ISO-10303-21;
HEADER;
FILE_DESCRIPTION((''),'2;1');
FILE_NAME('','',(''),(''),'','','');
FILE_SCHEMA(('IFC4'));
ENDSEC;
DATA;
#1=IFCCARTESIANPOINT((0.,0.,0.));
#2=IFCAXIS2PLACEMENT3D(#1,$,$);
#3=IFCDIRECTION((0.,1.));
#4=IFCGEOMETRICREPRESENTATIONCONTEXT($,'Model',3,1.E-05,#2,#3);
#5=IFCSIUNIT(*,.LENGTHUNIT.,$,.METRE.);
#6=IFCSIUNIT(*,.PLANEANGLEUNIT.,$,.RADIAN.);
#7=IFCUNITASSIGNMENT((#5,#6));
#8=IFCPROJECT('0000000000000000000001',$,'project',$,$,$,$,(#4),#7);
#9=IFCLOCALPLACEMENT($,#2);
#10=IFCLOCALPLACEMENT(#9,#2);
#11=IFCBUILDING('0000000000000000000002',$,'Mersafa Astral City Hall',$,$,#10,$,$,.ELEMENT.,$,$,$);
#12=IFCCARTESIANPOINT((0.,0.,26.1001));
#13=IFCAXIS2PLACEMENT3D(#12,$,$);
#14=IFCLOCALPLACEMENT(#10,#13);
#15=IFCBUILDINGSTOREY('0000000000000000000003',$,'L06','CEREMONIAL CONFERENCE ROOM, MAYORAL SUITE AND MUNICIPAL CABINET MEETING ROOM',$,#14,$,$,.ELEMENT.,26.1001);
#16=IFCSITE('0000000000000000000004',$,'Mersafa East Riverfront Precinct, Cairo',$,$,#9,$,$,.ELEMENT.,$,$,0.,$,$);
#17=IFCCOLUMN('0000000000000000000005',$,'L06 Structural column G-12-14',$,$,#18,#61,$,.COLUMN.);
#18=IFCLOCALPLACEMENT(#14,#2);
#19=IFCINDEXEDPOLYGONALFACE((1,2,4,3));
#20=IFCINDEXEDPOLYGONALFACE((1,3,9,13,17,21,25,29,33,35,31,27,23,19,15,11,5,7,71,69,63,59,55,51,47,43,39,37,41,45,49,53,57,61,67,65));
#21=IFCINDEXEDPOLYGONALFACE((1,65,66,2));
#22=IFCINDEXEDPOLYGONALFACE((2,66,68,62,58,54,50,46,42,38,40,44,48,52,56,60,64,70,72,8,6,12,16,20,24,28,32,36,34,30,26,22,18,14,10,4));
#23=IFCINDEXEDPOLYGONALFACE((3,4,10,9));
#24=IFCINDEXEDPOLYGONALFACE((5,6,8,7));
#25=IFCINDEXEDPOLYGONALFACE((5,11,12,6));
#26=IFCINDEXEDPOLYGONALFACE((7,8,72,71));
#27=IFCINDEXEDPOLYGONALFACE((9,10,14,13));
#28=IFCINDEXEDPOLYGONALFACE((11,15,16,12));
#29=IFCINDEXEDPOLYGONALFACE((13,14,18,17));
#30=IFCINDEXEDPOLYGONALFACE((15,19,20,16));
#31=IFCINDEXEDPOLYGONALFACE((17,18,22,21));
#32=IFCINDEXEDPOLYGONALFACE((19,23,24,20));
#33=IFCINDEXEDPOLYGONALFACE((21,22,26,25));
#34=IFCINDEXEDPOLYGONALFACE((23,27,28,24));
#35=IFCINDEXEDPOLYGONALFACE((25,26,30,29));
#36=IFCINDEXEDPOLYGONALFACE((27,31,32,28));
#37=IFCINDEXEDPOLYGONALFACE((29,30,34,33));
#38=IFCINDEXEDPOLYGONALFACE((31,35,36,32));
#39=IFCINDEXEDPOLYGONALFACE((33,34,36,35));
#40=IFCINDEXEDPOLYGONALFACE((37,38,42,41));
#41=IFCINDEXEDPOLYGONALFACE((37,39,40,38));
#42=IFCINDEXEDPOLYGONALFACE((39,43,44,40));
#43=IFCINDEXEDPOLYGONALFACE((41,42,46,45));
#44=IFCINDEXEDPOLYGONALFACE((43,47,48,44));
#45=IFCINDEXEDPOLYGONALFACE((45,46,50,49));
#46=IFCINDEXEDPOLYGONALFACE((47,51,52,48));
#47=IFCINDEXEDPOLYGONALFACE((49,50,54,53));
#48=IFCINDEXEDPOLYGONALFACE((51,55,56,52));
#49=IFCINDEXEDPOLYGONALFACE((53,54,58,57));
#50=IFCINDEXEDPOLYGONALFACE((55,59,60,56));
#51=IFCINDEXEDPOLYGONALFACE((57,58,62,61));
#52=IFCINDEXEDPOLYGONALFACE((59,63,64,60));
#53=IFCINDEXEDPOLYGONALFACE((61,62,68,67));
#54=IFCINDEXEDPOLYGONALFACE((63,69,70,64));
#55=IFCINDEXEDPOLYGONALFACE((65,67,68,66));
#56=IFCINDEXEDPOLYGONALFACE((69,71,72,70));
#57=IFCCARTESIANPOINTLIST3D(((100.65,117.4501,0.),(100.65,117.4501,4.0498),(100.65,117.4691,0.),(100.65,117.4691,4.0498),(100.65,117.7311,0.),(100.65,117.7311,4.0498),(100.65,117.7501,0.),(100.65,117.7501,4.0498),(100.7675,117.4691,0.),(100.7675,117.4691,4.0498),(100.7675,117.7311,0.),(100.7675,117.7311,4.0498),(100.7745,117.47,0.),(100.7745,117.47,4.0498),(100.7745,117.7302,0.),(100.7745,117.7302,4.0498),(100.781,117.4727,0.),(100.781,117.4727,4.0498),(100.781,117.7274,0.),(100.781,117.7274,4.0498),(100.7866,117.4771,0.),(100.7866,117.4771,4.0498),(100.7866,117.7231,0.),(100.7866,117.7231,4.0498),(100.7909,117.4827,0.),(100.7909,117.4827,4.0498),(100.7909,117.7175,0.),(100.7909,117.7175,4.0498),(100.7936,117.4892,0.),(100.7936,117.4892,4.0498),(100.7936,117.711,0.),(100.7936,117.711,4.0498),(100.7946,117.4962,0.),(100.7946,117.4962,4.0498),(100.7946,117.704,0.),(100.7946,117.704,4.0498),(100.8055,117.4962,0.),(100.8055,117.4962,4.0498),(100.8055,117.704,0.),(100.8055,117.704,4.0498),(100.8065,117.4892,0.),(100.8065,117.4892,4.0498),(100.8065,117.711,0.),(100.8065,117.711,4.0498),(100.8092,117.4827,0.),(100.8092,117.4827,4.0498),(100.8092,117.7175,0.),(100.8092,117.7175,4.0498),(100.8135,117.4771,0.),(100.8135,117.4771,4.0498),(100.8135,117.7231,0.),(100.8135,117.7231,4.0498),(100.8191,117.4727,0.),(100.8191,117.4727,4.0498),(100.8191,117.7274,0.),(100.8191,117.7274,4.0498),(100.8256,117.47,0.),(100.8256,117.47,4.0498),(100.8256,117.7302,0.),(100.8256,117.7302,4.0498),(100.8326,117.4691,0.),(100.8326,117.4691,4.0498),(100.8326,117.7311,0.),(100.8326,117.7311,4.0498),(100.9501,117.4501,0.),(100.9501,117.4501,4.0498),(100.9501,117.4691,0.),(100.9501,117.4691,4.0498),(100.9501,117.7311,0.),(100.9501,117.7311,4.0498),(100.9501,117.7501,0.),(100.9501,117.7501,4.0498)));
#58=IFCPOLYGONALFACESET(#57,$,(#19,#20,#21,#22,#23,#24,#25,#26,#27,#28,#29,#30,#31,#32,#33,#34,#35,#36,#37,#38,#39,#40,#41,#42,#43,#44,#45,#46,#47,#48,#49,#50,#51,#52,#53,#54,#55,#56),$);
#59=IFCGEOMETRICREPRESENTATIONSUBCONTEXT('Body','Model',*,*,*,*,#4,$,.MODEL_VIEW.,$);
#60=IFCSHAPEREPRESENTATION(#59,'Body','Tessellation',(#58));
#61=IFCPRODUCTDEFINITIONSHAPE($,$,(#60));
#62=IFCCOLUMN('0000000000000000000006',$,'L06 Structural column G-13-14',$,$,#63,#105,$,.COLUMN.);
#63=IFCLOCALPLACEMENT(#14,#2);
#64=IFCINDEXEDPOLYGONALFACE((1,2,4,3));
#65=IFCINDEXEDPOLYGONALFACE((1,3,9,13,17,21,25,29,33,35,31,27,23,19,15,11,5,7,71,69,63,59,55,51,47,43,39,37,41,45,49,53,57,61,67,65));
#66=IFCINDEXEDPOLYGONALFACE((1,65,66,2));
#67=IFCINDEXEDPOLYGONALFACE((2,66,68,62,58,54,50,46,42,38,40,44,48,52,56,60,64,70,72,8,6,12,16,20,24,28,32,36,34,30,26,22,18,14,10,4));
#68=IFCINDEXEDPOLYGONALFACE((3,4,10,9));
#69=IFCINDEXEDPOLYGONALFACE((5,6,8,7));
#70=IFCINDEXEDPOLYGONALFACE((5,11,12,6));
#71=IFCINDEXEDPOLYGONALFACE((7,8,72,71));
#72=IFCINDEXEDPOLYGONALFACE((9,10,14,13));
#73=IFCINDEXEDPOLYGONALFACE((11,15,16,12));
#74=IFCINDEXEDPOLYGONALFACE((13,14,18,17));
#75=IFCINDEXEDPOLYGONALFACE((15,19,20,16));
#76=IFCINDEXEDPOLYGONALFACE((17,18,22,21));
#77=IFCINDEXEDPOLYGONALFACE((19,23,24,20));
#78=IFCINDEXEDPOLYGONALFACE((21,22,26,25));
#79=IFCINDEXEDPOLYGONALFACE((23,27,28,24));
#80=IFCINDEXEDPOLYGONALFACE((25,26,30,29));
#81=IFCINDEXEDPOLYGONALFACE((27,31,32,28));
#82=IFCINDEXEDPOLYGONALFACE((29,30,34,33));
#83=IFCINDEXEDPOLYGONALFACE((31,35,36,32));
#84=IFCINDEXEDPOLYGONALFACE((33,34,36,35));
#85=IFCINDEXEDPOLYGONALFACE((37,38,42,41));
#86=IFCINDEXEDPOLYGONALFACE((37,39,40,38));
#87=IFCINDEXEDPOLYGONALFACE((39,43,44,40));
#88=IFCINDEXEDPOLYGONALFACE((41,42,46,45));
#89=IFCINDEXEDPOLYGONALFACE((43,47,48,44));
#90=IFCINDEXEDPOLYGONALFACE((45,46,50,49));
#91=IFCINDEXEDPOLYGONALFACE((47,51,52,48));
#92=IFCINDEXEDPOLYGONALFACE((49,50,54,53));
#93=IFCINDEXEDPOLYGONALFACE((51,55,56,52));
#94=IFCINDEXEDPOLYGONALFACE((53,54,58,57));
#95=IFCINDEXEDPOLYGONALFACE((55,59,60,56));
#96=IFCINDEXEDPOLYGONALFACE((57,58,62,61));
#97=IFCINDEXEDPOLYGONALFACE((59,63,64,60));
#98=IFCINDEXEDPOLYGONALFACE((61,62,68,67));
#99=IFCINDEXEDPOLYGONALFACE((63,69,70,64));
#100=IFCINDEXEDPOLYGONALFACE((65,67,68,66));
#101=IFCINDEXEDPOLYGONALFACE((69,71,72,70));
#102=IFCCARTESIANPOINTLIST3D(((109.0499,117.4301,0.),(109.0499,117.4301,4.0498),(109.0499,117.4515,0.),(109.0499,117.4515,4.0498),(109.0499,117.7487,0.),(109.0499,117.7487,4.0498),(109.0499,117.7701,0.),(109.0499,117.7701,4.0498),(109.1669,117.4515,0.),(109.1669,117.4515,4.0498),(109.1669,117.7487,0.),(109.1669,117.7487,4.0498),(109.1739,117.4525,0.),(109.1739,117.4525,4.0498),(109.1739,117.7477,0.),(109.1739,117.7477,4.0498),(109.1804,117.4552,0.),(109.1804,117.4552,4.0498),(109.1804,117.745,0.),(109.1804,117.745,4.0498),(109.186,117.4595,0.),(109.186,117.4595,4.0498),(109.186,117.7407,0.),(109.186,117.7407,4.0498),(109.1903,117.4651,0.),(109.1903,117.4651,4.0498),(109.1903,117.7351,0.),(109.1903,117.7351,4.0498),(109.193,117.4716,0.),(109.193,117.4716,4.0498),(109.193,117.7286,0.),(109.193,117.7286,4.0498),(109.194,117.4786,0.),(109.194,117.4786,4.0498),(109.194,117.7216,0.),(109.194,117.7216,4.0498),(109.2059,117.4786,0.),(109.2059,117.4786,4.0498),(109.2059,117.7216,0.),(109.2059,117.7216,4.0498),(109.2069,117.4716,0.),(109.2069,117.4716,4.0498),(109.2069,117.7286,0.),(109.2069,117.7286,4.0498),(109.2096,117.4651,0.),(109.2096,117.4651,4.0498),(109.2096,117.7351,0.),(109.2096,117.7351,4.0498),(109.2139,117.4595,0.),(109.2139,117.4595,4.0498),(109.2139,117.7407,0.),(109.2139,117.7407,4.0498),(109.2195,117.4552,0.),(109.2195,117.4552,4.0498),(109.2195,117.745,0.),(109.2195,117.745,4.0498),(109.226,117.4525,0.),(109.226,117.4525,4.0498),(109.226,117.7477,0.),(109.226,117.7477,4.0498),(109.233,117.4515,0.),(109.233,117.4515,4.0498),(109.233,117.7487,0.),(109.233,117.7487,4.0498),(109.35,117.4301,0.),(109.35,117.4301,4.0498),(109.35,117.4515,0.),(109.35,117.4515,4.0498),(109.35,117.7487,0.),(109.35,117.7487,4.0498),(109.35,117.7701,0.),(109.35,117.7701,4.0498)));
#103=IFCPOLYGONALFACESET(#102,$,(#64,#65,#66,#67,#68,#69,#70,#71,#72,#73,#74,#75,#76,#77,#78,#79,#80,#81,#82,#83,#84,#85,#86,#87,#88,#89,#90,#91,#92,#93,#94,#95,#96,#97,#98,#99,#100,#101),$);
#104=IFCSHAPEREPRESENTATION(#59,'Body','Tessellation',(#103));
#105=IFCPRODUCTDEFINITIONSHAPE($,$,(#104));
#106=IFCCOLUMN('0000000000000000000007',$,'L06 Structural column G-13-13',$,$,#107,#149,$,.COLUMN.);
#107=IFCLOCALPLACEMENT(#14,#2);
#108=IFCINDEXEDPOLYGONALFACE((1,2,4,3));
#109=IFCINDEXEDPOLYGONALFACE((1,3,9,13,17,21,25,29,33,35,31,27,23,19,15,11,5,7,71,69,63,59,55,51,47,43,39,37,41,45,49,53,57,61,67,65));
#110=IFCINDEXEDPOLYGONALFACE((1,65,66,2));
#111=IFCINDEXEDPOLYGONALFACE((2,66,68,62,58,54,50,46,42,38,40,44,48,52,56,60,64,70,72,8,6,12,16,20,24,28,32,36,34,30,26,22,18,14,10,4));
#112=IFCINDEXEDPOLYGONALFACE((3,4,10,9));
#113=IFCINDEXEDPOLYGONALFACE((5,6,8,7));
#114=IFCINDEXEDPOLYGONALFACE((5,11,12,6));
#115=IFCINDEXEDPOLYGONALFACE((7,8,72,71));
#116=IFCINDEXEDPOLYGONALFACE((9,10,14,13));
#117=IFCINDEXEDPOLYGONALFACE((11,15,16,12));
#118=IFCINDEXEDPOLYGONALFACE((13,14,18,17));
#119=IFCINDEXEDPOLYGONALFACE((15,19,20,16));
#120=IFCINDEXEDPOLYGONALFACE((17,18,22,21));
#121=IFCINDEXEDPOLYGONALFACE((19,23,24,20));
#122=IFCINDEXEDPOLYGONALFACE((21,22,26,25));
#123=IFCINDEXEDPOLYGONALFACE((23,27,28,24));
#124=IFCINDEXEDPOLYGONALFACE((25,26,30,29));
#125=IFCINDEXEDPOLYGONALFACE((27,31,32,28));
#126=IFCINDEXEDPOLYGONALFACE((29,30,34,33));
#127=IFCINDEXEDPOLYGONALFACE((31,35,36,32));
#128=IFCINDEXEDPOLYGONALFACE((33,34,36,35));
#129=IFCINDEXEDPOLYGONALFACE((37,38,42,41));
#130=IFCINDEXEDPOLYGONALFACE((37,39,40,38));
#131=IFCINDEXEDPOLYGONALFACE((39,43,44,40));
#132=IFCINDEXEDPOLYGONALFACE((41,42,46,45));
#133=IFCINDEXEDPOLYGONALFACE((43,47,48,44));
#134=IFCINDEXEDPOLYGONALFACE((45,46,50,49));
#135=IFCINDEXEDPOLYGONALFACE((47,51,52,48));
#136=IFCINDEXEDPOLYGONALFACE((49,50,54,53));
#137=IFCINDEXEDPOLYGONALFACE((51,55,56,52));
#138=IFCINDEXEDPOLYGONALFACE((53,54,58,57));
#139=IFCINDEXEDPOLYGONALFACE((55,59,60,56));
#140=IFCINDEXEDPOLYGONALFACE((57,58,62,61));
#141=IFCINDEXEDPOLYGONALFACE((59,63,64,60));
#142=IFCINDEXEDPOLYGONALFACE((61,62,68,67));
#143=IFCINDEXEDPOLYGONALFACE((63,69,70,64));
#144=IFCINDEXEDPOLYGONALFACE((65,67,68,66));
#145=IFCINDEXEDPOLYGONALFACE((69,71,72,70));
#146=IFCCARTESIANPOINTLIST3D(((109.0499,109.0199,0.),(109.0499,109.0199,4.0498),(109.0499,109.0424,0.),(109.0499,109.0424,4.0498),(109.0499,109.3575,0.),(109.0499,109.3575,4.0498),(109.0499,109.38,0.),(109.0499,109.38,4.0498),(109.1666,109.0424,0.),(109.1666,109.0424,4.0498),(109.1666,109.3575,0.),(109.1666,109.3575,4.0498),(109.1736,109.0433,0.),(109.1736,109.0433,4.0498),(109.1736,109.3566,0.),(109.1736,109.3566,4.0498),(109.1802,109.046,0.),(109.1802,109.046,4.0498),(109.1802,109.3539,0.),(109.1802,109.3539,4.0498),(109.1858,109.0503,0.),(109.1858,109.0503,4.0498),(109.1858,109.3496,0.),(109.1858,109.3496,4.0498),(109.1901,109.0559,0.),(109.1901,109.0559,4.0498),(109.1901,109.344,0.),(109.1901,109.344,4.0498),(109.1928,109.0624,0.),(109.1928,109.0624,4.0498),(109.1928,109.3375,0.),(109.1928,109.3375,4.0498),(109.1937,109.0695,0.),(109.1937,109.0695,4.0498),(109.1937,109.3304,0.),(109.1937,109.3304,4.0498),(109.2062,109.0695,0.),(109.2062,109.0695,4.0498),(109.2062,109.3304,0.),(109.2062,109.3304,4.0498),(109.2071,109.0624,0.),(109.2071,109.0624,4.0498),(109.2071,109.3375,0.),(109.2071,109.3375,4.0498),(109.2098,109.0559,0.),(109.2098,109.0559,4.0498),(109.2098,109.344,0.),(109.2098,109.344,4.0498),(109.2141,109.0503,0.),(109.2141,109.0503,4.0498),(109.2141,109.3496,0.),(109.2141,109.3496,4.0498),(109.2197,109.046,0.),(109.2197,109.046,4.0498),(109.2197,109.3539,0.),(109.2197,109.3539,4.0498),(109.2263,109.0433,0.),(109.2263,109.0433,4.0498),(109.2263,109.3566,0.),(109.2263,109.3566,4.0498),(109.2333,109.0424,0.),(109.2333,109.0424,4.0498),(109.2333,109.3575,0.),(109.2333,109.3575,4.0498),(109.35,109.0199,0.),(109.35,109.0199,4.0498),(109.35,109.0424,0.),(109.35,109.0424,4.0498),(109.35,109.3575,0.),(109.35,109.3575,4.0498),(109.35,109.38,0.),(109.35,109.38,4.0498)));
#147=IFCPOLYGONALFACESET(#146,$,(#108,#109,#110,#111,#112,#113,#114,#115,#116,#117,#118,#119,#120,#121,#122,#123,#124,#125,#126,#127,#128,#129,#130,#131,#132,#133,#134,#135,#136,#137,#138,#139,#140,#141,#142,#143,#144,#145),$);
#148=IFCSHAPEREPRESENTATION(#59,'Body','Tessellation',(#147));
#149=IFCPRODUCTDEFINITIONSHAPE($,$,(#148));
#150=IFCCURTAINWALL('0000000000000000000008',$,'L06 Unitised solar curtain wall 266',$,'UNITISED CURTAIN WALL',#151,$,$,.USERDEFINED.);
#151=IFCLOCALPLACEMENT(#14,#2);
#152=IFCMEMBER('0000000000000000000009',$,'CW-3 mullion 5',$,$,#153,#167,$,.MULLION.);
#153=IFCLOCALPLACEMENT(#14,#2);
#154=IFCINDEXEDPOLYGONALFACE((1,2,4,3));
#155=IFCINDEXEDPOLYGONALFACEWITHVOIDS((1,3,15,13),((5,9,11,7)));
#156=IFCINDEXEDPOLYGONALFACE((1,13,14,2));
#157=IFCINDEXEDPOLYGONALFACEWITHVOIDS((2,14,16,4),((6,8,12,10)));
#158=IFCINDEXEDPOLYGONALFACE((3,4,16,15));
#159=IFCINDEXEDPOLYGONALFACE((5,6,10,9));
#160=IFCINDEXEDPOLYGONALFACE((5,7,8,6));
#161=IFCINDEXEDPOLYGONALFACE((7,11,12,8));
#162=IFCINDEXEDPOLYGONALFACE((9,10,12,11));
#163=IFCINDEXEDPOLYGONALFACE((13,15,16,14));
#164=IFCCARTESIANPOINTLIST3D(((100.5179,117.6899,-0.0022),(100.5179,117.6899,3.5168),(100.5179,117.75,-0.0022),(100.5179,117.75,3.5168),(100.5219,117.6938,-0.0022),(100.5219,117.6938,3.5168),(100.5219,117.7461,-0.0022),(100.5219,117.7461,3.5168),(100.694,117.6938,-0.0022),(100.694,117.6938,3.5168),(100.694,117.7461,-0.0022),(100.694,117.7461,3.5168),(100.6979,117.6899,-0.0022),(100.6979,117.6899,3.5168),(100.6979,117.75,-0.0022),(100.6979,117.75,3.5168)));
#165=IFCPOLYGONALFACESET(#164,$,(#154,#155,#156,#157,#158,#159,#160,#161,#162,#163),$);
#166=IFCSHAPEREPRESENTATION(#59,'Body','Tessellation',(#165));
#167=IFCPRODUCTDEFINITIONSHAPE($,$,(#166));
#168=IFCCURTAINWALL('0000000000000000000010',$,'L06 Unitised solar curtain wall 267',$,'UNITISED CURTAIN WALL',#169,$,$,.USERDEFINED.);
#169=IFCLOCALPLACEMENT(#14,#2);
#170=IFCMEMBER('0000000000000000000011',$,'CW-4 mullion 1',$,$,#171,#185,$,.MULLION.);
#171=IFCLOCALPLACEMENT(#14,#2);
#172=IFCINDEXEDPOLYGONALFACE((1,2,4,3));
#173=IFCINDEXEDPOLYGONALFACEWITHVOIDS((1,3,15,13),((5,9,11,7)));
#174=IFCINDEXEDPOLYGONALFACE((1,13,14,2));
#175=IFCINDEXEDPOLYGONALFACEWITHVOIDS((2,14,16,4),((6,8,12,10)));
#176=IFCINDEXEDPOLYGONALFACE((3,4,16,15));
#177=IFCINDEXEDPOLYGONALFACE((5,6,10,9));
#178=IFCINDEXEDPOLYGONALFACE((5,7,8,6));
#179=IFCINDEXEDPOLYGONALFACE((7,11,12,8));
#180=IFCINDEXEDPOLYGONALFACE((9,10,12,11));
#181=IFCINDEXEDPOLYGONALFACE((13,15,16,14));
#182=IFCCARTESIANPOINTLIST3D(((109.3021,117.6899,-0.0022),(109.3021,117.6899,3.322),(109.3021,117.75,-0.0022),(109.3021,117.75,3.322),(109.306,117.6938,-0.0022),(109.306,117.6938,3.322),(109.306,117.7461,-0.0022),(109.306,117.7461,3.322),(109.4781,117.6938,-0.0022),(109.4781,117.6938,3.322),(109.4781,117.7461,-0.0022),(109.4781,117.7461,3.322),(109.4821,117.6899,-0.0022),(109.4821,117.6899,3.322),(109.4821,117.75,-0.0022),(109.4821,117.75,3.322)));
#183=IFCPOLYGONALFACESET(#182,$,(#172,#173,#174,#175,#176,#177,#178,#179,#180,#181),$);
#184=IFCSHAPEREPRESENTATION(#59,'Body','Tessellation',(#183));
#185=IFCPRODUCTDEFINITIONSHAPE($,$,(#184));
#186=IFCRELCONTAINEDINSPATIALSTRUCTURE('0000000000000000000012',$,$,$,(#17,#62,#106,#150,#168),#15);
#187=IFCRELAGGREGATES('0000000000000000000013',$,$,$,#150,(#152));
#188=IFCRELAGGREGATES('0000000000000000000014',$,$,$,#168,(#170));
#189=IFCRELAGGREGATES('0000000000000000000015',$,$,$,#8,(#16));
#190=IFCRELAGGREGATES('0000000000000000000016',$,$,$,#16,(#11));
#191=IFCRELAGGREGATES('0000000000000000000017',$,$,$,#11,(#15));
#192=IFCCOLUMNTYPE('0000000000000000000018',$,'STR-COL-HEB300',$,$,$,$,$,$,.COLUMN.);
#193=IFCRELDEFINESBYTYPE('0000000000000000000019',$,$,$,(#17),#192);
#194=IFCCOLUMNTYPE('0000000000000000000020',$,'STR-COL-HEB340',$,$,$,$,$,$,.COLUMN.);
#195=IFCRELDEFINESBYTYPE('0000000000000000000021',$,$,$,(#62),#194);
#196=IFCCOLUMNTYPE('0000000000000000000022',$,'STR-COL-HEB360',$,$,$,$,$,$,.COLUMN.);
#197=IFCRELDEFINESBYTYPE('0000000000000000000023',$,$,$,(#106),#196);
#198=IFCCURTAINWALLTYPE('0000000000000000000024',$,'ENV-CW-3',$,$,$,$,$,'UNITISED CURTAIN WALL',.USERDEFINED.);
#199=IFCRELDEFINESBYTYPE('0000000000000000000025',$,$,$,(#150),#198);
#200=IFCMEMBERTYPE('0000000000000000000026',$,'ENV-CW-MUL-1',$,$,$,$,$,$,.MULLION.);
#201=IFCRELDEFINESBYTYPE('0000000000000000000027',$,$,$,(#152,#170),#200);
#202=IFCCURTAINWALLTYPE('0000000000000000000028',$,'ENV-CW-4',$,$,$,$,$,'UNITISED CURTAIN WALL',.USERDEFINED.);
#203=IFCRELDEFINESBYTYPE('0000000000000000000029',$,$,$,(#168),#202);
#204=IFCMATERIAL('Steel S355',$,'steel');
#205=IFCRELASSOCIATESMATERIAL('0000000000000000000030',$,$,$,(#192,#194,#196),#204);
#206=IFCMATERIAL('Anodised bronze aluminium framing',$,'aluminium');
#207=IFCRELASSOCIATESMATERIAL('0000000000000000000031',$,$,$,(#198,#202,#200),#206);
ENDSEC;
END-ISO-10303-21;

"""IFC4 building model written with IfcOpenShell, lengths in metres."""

from ifc_helpers import new_model, si_unit, direction, frame, origin, origin_2d, place, context, subcontext, project, spatial, hollow_rectangle, i_section, extrude, material, material_profile, profile_set, type_object, element, aggregate, save


model = new_model("IFC4")

# Units and contexts
model_context = context("Model", 3, precision=1e-05, world=origin(), true_north=direction((0.0, 1.0)))
body_context = subcontext(model_context, "Body", "Model", "MODEL_VIEW")
ifc_project = project(units=[si_unit("LENGTHUNIT", "METRE"), si_unit("PLANEANGLEUNIT", "RADIAN")], contexts=[model_context])

# Site, building, storey
site_placement = place(None, origin())
site = spatial("IfcSite", under=ifc_project, at=site_placement, Name="Mersafa East Riverfront Precinct, Cairo", CompositionType="ELEMENT", RefElevation=0.0)
building_placement = place(site_placement, origin())
building = spatial("IfcBuilding", under=site, at=building_placement, Name="Mersafa Astral City Hall", CompositionType="ELEMENT")
storey_placement = place(building_placement, frame((0.0, 0.0, 26.1001)))
storey = spatial("IfcBuildingStorey", under=building, at=storey_placement, Name="L06", Description="CEREMONIAL CONFERENCE ROOM, MAYORAL SUITE AND MUNICIPAL CABINET MEETING ROOM", CompositionType="ELEMENT", Elevation=26.1001)

# Columns
ifc_material_1 = material(Name="Steel S355", Category="steel")
ifc_material_profile_1 = material_profile(ifc_material_1, i_section(OverallWidth=0.3, OverallDepth=0.3, WebThickness=0.011, FlangeThickness=0.019, FilletRadius=0.0271, at=origin_2d()), Name="HEB 300")
ifc_profile_set_1 = profile_set([ifc_material_profile_1], Name="Steel S355")
column_type_1 = type_object("IfcColumnType", Name="STR-COL-HEB300", PredefinedType="COLUMN", material=ifc_profile_set_1)
column_1_placement = place(storey_placement, frame((100.8, 117.6001, 0.0), z_axis=(0.0, 0.0, 1.0), x_axis=(1.0, 0.0, 0.0)))
element("IfcColumn", 1, at=column_1_placement, inside=storey, type_object=column_type_1, Name="L06 Structural column G-12-14", PredefinedType="COLUMN", context=body_context, shape_type="SweptSolid", body=[
    extrude(i_section(OverallWidth=0.3, OverallDepth=0.3, WebThickness=0.011, FlangeThickness=0.019, FilletRadius=0.0271, at=origin_2d()), origin(), (0.0, 0.0, 1.0), 4.0498),
])
ifc_material_profile_2 = material_profile(ifc_material_1, i_section(OverallWidth=0.3, OverallDepth=0.3401, WebThickness=0.012, FlangeThickness=0.0215, FilletRadius=0.0271, at=origin_2d()), Name="HEB 340")
ifc_profile_set_2 = profile_set([ifc_material_profile_2], Name="Steel S355")
column_type_2 = type_object("IfcColumnType", Name="STR-COL-HEB340", PredefinedType="COLUMN", material=ifc_profile_set_2)
column_2_placement = place(storey_placement, frame((109.2, 117.6001, 0.0), z_axis=(0.0, 0.0, 1.0), x_axis=(1.0, 0.0, 0.0)))
element("IfcColumn", 2, at=column_2_placement, inside=storey, type_object=column_type_2, Name="L06 Structural column G-13-14", PredefinedType="COLUMN", context=body_context, shape_type="SweptSolid", body=[
    extrude(i_section(OverallWidth=0.3, OverallDepth=0.3401, WebThickness=0.012, FlangeThickness=0.0215, FilletRadius=0.0271, at=origin_2d()), origin(), (0.0, 0.0, 1.0), 4.0498),
])
ifc_material_profile_3 = material_profile(ifc_material_1, i_section(OverallWidth=0.3, OverallDepth=0.3601, WebThickness=0.0125, FlangeThickness=0.0225, FilletRadius=0.0271, at=origin_2d()), Name="HEB 360")
ifc_profile_set_3 = profile_set([ifc_material_profile_3], Name="Steel S355")
column_type_3 = type_object("IfcColumnType", Name="STR-COL-HEB360", PredefinedType="COLUMN", material=ifc_profile_set_3)
column_3_placement = place(storey_placement, frame((109.2, 109.2, 0.0), z_axis=(0.0, 0.0, 1.0), x_axis=(1.0, 0.0, 0.0)))
element("IfcColumn", 3, at=column_3_placement, inside=storey, type_object=column_type_3, Name="L06 Structural column G-13-13", PredefinedType="COLUMN", context=body_context, shape_type="SweptSolid", body=[
    extrude(i_section(OverallWidth=0.3, OverallDepth=0.3601, WebThickness=0.0125, FlangeThickness=0.0225, FilletRadius=0.0271, at=origin_2d()), origin(), (0.0, 0.0, 1.0), 4.0498),
])

# Curtain wall, member
ifc_material_2 = material(Name="Anodised bronze aluminium framing", Category="aluminium")
curtain_wall_type_1 = type_object("IfcCurtainWallType", Name="ENV-CW-3", ElementType="UNITISED CURTAIN WALL", PredefinedType="USERDEFINED", material=ifc_material_2)
curtain_wall_1_placement = place(storey_placement, origin())
curtain_wall_1 = element("IfcCurtainWall", 4, at=curtain_wall_1_placement, inside=storey, type_object=curtain_wall_type_1, Name="L06 Unitised solar curtain wall 266", ObjectType="UNITISED CURTAIN WALL", PredefinedType="USERDEFINED")
ifc_material_profile_4 = material_profile(ifc_material_2, hollow_rectangle(XDim=0.0601, YDim=0.1799, WallThickness=0.0039, at=origin_2d()), Name="RHS 60x180x4")
ifc_profile_set_4 = profile_set([ifc_material_profile_4], Name="Anodised bronze aluminium framing")
member_type_1 = type_object("IfcMemberType", Name="ENV-CW-MUL-1", PredefinedType="MULLION", material=ifc_profile_set_4)
member_1_placement = place(storey_placement, frame((100.6079, 117.72, -0.0022), z_axis=(0.0, 0.0, 1.0), x_axis=(0.0, 1.0, 0.0)))
member_1 = element("IfcMember", 5, at=member_1_placement, type_object=member_type_1, Name="CW-3 mullion 5", PredefinedType="MULLION", context=body_context, shape_type="SweptSolid", body=[
    extrude(hollow_rectangle(XDim=0.0601, YDim=0.1799, WallThickness=0.0039, at=origin_2d()), origin(), (0.0, 0.0, 1.0), 3.519),
])
aggregate(curtain_wall_1, [member_1])

# Curtain wall, member
curtain_wall_type_2 = type_object("IfcCurtainWallType", Name="ENV-CW-4", ElementType="UNITISED CURTAIN WALL", PredefinedType="USERDEFINED", material=ifc_material_2)
curtain_wall_2_placement = place(storey_placement, origin())
curtain_wall_2 = element("IfcCurtainWall", 6, at=curtain_wall_2_placement, inside=storey, type_object=curtain_wall_type_2, Name="L06 Unitised solar curtain wall 267", ObjectType="UNITISED CURTAIN WALL", PredefinedType="USERDEFINED")
member_2_placement = place(storey_placement, frame((109.3921, 117.72, -0.0022), z_axis=(0.0, 0.0, 1.0), x_axis=(0.0, 1.0, 0.0)))
member_2 = element("IfcMember", 7, at=member_2_placement, type_object=member_type_1, Name="CW-4 mullion 1", PredefinedType="MULLION", context=body_context, shape_type="SweptSolid", body=[
    extrude(hollow_rectangle(XDim=0.0601, YDim=0.1799, WallThickness=0.0039, at=origin_2d()), origin(), (0.0, 0.0, 1.0), 3.3242),
])

aggregate(curtain_wall_2, [member_2])

save(model, "model.ifc")
